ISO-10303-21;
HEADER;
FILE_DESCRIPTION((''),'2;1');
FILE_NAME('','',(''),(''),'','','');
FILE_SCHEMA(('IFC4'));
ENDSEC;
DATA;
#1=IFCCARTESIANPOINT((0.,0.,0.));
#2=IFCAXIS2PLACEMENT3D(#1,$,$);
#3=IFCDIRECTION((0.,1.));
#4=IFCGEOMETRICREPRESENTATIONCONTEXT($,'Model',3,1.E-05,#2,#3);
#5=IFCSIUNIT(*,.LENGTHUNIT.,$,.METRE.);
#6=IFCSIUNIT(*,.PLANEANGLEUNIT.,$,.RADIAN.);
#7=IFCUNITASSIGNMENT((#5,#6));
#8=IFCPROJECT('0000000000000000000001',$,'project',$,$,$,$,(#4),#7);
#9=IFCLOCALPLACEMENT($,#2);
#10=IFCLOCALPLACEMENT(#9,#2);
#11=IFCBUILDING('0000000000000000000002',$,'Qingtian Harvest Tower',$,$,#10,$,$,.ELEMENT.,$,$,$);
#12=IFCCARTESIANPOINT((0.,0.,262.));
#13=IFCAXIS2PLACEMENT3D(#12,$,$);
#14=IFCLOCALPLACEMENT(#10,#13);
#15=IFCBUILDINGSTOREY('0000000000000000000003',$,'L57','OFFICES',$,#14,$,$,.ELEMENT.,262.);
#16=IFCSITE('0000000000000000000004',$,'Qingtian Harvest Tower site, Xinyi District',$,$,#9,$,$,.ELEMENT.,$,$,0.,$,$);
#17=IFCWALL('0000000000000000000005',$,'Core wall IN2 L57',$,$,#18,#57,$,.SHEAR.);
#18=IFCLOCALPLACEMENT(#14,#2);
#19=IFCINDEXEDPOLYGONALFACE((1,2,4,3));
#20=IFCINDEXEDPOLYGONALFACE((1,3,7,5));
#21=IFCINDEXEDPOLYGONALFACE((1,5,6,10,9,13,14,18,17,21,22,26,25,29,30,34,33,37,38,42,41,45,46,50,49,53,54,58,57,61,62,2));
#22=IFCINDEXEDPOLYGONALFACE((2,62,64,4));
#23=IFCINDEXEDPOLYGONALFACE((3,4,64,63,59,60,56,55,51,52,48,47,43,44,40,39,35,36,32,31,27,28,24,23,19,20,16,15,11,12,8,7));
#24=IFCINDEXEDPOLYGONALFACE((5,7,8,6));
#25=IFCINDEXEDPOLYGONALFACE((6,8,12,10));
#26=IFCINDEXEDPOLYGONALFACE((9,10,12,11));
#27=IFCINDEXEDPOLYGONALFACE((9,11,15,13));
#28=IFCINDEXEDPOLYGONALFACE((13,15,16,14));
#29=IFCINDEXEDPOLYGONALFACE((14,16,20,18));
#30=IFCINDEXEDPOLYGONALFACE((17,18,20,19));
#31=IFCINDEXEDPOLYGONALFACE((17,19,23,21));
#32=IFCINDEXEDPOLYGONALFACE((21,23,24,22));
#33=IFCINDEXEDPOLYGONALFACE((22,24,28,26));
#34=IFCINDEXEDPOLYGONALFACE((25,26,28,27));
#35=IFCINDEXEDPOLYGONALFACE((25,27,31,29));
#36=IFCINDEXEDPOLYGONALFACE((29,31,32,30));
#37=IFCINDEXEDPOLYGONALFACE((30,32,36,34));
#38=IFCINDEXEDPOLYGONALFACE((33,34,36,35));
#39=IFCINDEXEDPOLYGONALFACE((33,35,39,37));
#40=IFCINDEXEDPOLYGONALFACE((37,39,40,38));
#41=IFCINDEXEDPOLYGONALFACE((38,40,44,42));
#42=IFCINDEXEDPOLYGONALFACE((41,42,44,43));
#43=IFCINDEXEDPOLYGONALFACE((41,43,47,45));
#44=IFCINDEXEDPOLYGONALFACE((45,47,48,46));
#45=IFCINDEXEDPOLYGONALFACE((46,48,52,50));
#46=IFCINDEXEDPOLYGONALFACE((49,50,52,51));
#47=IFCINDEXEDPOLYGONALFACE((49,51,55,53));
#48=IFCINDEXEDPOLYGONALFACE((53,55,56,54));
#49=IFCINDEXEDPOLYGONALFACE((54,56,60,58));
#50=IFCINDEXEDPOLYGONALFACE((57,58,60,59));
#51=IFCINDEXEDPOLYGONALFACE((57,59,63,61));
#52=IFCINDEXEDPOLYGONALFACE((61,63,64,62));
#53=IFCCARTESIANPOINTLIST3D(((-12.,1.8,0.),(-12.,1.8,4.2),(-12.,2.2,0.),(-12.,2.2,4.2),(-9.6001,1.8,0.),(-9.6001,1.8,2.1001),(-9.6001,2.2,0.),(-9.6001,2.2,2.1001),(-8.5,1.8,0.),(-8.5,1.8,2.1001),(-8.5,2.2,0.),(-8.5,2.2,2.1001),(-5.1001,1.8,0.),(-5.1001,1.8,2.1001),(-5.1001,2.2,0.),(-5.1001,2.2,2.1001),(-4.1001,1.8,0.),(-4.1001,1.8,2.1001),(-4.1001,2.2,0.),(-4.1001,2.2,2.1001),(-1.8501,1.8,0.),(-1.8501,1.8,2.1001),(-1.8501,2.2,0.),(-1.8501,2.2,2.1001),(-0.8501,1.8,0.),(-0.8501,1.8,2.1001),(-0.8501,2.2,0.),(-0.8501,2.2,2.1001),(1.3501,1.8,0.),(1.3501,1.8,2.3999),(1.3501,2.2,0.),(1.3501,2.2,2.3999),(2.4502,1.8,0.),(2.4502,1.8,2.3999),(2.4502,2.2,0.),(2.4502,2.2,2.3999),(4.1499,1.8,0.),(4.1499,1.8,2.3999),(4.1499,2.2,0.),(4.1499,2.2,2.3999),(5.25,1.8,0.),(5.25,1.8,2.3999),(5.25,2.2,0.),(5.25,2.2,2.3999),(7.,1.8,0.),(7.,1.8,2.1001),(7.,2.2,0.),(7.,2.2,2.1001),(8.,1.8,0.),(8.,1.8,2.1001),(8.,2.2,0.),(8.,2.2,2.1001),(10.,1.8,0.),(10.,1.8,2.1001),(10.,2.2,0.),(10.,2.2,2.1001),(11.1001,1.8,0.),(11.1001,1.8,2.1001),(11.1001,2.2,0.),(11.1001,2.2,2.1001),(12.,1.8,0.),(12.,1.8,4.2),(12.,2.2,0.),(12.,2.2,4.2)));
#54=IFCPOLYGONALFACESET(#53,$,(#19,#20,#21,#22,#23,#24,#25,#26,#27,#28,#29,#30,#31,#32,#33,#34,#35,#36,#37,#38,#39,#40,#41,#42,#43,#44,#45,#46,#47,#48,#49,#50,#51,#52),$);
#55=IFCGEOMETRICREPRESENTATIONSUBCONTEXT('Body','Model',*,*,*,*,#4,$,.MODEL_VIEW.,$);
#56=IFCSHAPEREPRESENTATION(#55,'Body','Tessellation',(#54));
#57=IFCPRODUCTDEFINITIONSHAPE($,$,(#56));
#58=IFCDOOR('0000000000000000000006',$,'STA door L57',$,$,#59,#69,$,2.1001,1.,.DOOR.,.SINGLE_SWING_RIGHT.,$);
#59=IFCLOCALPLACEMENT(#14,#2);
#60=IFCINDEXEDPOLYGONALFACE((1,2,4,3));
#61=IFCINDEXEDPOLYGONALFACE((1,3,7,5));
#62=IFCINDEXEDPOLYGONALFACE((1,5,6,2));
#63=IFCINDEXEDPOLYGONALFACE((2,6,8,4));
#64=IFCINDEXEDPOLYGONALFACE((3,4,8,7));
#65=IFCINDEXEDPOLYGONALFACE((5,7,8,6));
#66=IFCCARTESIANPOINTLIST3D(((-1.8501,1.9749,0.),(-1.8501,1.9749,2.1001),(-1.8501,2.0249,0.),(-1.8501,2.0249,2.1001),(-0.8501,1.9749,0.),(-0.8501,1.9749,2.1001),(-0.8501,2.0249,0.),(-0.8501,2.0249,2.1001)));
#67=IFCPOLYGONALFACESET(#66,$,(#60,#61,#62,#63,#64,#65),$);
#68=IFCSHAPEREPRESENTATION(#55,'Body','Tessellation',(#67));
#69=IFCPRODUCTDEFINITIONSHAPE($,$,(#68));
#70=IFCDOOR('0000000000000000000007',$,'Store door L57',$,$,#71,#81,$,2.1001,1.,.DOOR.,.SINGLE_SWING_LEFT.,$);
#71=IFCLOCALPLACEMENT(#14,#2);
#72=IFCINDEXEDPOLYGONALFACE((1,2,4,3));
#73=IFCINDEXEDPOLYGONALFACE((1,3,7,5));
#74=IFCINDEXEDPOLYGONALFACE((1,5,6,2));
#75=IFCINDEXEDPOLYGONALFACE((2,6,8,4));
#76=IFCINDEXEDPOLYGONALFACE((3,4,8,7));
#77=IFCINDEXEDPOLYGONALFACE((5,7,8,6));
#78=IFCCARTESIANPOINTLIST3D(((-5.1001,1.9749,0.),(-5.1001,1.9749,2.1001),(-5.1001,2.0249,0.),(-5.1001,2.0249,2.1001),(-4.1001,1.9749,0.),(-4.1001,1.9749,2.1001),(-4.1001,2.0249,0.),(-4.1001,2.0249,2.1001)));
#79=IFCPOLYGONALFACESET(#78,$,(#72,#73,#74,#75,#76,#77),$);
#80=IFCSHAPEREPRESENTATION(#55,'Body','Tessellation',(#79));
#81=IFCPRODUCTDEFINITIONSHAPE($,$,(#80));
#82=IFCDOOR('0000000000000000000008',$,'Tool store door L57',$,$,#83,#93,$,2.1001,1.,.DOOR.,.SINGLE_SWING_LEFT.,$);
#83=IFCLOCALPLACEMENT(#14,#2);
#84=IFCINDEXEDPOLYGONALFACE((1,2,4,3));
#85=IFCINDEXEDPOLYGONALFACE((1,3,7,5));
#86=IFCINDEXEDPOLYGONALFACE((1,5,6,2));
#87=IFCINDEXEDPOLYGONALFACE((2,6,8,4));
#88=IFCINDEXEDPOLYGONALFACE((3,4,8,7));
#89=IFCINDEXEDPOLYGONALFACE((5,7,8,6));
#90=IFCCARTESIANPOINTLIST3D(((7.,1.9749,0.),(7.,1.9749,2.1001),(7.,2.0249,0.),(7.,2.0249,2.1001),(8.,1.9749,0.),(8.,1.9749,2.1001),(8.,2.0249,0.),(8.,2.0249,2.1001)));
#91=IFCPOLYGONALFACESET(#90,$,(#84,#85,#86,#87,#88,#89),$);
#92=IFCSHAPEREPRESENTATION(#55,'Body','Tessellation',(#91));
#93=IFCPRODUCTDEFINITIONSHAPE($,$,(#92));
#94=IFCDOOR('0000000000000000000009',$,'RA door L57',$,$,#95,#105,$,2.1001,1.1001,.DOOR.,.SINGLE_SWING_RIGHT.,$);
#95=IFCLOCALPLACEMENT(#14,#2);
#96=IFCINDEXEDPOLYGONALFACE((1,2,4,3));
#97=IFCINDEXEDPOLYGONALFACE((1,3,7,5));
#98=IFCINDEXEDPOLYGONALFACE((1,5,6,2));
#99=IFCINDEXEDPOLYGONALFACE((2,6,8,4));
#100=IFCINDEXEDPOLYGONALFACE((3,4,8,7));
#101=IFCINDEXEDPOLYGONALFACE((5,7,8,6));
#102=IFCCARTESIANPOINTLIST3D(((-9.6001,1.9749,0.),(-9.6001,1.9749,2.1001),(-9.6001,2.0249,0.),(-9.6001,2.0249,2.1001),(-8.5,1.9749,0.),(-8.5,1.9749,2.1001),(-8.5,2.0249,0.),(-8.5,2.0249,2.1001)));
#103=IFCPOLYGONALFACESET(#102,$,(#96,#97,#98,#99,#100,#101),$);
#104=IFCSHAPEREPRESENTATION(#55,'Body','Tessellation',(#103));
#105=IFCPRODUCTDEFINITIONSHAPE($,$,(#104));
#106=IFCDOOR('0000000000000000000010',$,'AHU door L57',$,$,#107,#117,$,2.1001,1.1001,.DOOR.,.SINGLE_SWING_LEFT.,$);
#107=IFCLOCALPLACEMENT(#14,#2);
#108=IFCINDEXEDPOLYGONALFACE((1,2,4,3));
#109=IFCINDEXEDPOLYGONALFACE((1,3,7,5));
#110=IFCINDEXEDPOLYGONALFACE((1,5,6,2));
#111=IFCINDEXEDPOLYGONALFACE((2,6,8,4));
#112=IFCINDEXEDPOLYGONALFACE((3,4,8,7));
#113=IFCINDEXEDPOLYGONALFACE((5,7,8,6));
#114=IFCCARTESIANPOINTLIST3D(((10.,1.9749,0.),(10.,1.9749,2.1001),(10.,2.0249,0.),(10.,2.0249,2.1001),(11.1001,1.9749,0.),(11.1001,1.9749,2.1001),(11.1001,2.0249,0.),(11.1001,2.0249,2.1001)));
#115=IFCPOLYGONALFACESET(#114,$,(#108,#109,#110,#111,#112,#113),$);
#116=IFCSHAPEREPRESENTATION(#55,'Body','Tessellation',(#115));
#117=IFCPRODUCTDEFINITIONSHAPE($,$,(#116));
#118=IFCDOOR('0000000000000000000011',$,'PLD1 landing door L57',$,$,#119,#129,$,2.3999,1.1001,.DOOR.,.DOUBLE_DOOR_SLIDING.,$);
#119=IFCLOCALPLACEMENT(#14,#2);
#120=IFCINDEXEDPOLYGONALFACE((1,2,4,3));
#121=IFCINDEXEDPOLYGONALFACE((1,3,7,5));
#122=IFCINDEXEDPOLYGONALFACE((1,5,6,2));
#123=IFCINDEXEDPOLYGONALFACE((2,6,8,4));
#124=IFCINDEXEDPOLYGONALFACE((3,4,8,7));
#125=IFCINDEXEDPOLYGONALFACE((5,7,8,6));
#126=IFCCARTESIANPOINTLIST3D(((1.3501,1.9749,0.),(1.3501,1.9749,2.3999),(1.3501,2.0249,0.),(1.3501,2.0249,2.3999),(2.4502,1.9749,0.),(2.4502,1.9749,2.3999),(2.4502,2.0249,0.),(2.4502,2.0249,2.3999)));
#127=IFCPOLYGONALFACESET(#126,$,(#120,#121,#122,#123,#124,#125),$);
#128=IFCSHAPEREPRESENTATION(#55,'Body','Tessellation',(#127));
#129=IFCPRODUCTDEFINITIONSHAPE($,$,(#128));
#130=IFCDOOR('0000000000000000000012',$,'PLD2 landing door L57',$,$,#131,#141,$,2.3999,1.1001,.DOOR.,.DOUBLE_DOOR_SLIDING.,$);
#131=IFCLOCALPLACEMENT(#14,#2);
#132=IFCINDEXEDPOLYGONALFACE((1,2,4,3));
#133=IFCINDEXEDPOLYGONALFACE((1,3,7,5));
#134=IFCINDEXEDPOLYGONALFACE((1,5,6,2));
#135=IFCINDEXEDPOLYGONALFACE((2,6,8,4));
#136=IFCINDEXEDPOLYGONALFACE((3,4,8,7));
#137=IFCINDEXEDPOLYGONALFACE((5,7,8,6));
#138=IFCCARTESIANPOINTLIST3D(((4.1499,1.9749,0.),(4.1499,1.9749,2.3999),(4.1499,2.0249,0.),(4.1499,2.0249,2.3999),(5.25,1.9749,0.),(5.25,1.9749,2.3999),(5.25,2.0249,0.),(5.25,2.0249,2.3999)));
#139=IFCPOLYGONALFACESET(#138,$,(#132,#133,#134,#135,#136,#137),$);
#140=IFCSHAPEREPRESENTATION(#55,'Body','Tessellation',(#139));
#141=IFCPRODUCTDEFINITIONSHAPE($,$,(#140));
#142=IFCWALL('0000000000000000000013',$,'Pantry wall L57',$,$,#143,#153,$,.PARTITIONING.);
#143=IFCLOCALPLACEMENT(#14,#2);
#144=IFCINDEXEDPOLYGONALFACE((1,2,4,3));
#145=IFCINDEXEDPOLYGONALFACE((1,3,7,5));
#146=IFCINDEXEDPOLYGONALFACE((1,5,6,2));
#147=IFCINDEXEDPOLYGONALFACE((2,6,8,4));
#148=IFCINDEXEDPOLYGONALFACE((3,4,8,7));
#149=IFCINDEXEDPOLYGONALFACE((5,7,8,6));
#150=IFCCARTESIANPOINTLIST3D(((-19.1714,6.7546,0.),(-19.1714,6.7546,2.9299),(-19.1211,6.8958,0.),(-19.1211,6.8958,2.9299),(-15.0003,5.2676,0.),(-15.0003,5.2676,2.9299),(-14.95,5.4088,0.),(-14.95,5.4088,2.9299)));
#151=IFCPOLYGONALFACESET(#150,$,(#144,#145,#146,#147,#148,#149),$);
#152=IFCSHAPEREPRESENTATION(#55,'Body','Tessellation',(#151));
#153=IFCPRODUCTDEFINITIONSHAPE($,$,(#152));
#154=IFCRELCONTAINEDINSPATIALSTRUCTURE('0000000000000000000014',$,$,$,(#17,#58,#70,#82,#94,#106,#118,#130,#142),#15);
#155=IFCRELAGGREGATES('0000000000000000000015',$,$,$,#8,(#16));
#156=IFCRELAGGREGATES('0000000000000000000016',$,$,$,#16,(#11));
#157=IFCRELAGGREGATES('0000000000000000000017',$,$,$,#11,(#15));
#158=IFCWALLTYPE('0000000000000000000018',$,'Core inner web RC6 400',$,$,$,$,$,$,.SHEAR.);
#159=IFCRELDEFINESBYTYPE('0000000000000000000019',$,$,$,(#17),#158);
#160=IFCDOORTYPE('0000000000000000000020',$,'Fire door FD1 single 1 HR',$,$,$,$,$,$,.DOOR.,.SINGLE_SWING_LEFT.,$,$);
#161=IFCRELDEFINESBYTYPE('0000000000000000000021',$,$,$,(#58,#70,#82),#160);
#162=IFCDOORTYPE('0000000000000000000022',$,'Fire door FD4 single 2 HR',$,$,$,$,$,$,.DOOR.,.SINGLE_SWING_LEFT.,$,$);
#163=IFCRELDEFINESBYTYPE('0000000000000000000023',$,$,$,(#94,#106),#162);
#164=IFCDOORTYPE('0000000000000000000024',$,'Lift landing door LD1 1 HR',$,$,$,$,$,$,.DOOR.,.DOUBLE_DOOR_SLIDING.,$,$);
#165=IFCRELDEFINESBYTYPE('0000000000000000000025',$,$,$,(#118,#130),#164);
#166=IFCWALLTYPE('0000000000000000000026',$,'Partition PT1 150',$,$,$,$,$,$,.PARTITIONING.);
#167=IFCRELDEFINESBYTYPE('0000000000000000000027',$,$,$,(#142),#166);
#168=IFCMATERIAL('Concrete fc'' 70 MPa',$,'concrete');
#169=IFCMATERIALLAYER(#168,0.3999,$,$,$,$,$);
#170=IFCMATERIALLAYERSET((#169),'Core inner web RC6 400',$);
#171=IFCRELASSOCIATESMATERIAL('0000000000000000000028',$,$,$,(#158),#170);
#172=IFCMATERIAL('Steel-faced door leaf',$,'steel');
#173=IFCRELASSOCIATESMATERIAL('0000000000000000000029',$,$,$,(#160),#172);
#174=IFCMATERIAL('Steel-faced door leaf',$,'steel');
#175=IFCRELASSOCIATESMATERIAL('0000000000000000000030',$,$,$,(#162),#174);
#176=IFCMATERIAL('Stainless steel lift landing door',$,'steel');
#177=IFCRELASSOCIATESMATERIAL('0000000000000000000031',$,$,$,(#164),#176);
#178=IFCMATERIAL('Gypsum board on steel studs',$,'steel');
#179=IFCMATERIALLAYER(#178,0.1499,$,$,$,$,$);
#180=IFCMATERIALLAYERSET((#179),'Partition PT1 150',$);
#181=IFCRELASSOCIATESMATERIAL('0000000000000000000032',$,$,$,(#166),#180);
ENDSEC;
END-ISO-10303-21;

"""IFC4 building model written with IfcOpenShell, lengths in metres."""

from ifc_helpers import new_model, si_unit, direction, frame, frame_2d, origin, place, context, subcontext, project, spatial, rectangle, extrude, material, layer, layer_set, type_object, element, fill, save


model = new_model("IFC4")

# Units and contexts
model_context = context("Model", 3, precision=1e-05, world=origin(), true_north=direction((0.0, 1.0)))
body_context = subcontext(model_context, "Body", "Model", "MODEL_VIEW")
ifc_project = project(units=[si_unit("LENGTHUNIT", "METRE"), si_unit("PLANEANGLEUNIT", "RADIAN")], contexts=[model_context])

# Site, building, storey
site_placement = place(None, origin())
site = spatial("IfcSite", under=ifc_project, at=site_placement, Name="Qingtian Harvest Tower site, Xinyi District", CompositionType="ELEMENT", RefElevation=0.0)
building_placement = place(site_placement, origin())
building = spatial("IfcBuilding", under=site, at=building_placement, Name="Qingtian Harvest Tower", CompositionType="ELEMENT")
storey_placement = place(building_placement, frame((0.0, 0.0, 262.0)))
storey = spatial("IfcBuildingStorey", under=building, at=storey_placement, Name="L57", Description="OFFICES", CompositionType="ELEMENT", Elevation=262.0)

# Wall, openings, doors
ifc_material_1 = material(Name="Concrete fc' 70 MPa", Category="concrete")
ifc_layer_1 = layer(ifc_material_1, 0.3999)
ifc_layer_set_1 = layer_set([ifc_layer_1], Name="Core inner web RC6 400")
wall_type_1 = type_object("IfcWallType", Name="Core inner web RC6 400", PredefinedType="SHEAR", material=ifc_layer_set_1)
wall_1_placement = place(storey_placement, frame((-12.0, 2.0, 0.0), z_axis=(0.0, 0.0, 1.0), x_axis=(1.0, 0.0, 0.0)))
wall_1 = element("IfcWall", 1, at=wall_1_placement, inside=storey, type_object=wall_type_1, Name="Core wall IN2 L57", PredefinedType="SHEAR", context=body_context, shape_type="SweptSolid", body=[
    extrude(rectangle(XDim=24.0, YDim=0.3999, at=frame_2d((12.0, 0.0))), origin(), (0.0, 0.0, 1.0), 4.2),
])
opening_1_placement = place(wall_1_placement, frame((2.3999, 0.0, 0.0)))
opening_1 = element("IfcOpeningElement", 2, at=opening_1_placement, cuts=wall_1, PredefinedType="OPENING", context=body_context, shape_type="SweptSolid", body=[
    extrude(rectangle(XDim=1.1001, YDim=2.1001, at=frame_2d((0.55, 1.05))), frame((0.0, 0.21, 0.0), z_axis=(0.0, -1.0, 0.0), x_axis=(1.0, 0.0, 0.0)), (0.0, 0.0, 1.0), 0.4199),
])
opening_2_placement = place(wall_1_placement, frame((22.0, 0.0, 0.0)))
opening_2 = element("IfcOpeningElement", 3, at=opening_2_placement, cuts=wall_1, PredefinedType="OPENING", context=body_context, shape_type="SweptSolid", body=[
    extrude(rectangle(XDim=1.1001, YDim=2.1001, at=frame_2d((0.55, 1.05))), frame((0.0, 0.21, 0.0), z_axis=(0.0, -1.0, 0.0), x_axis=(1.0, 0.0, 0.0)), (0.0, 0.0, 1.0), 0.4199),
])
opening_3_placement = place(wall_1_placement, frame((10.1499, 0.0, 0.0)))
opening_3 = element("IfcOpeningElement", 4, at=opening_3_placement, cuts=wall_1, PredefinedType="OPENING", context=body_context, shape_type="SweptSolid", body=[
    extrude(rectangle(XDim=1.0, YDim=2.1001, at=frame_2d((0.5, 1.05))), frame((0.0, 0.21, 0.0), z_axis=(0.0, -1.0, 0.0), x_axis=(1.0, 0.0, 0.0)), (0.0, 0.0, 1.0), 0.4199),
])
opening_4_placement = place(wall_1_placement, frame((6.8999, 0.0, 0.0)))
opening_4 = element("IfcOpeningElement", 5, at=opening_4_placement, cuts=wall_1, PredefinedType="OPENING", context=body_context, shape_type="SweptSolid", body=[
    extrude(rectangle(XDim=1.0, YDim=2.1001, at=frame_2d((0.5, 1.05))), frame((0.0, 0.21, 0.0), z_axis=(0.0, -1.0, 0.0), x_axis=(1.0, 0.0, 0.0)), (0.0, 0.0, 1.0), 0.4199),
])
opening_5_placement = place(wall_1_placement, frame((13.3501, 0.0, 0.0)))
opening_5 = element("IfcOpeningElement", 6, at=opening_5_placement, cuts=wall_1, PredefinedType="OPENING", context=body_context, shape_type="SweptSolid", body=[
    extrude(rectangle(XDim=1.1001, YDim=2.3999, at=frame_2d((0.55, 1.2))), frame((0.0, 0.21, 0.0), z_axis=(0.0, -1.0, 0.0), x_axis=(1.0, 0.0, 0.0)), (0.0, 0.0, 1.0), 0.4199),
])
opening_6_placement = place(wall_1_placement, frame((16.1499, 0.0, 0.0)))
opening_6 = element("IfcOpeningElement", 7, at=opening_6_placement, cuts=wall_1, PredefinedType="OPENING", context=body_context, shape_type="SweptSolid", body=[
    extrude(rectangle(XDim=1.1001, YDim=2.3999, at=frame_2d((0.55, 1.2))), frame((0.0, 0.21, 0.0), z_axis=(0.0, -1.0, 0.0), x_axis=(1.0, 0.0, 0.0)), (0.0, 0.0, 1.0), 0.4199),
])
opening_7_placement = place(wall_1_placement, frame((19.0, 0.0, 0.0)))
opening_7 = element("IfcOpeningElement", 8, at=opening_7_placement, cuts=wall_1, PredefinedType="OPENING", context=body_context, shape_type="SweptSolid", body=[
    extrude(rectangle(XDim=1.0, YDim=2.1001, at=frame_2d((0.5, 1.05))), frame((0.0, 0.21, 0.0), z_axis=(0.0, -1.0, 0.0), x_axis=(1.0, 0.0, 0.0)), (0.0, 0.0, 1.0), 0.4199),
])
ifc_material_2 = material(Name="Steel-faced door leaf", Category="steel")
door_type_1 = type_object("IfcDoorType", Name="Fire door FD1 single 1 HR", OperationType="SINGLE_SWING_LEFT", PredefinedType="DOOR", material=ifc_material_2)
door_1_placement = place(opening_3_placement, origin())
door_1 = element("IfcDoor", 9, at=door_1_placement, inside=storey, type_object=door_type_1, Name="STA door L57", OperationType="SINGLE_SWING_RIGHT", OverallHeight=2.1001, OverallWidth=1.0, PredefinedType="DOOR", context=body_context, shape_type="SweptSolid", body=[
    extrude(rectangle(XDim=1.0, YDim=2.1001, at=frame_2d((0.5, 1.05))), frame((0.0, 0.0249, 0.0), z_axis=(0.0, -1.0, 0.0), x_axis=(1.0, 0.0, 0.0)), (0.0, 0.0, 1.0), 0.05),
])
fill(opening_3, door_1)
door_2_placement = place(opening_4_placement, origin())
door_2 = element("IfcDoor", 10, at=door_2_placement, inside=storey, type_object=door_type_1, Name="Store door L57", OperationType="SINGLE_SWING_LEFT", OverallHeight=2.1001, OverallWidth=1.0, PredefinedType="DOOR", context=body_context, shape_type="SweptSolid", body=[
    extrude(rectangle(XDim=1.0, YDim=2.1001, at=frame_2d((0.5, 1.05))), frame((0.0, 0.0249, 0.0), z_axis=(0.0, -1.0, 0.0), x_axis=(1.0, 0.0, 0.0)), (0.0, 0.0, 1.0), 0.05),
])
fill(opening_4, door_2)
door_3_placement = place(opening_7_placement, origin())
door_3 = element("IfcDoor", 11, at=door_3_placement, inside=storey, type_object=door_type_1, Name="Tool store door L57", OperationType="SINGLE_SWING_LEFT", OverallHeight=2.1001, OverallWidth=1.0, PredefinedType="DOOR", context=body_context, shape_type="SweptSolid", body=[
    extrude(rectangle(XDim=1.0, YDim=2.1001, at=frame_2d((0.5, 1.05))), frame((0.0, 0.0249, 0.0), z_axis=(0.0, -1.0, 0.0), x_axis=(1.0, 0.0, 0.0)), (0.0, 0.0, 1.0), 0.05),
])
fill(opening_7, door_3)
ifc_material_3 = material(Name="Steel-faced door leaf", Category="steel")
door_type_2 = type_object("IfcDoorType", Name="Fire door FD4 single 2 HR", OperationType="SINGLE_SWING_LEFT", PredefinedType="DOOR", material=ifc_material_3)
door_4_placement = place(opening_1_placement, origin())
door_4 = element("IfcDoor", 12, at=door_4_placement, inside=storey, type_object=door_type_2, Name="RA door L57", OperationType="SINGLE_SWING_RIGHT", OverallHeight=2.1001, OverallWidth=1.1001, PredefinedType="DOOR", context=body_context, shape_type="SweptSolid", body=[
    extrude(rectangle(XDim=1.1001, YDim=2.1001, at=frame_2d((0.55, 1.05))), frame((0.0, 0.0249, 0.0), z_axis=(0.0, -1.0, 0.0), x_axis=(1.0, 0.0, 0.0)), (0.0, 0.0, 1.0), 0.05),
])
fill(opening_1, door_4)
door_5_placement = place(opening_2_placement, origin())
door_5 = element("IfcDoor", 13, at=door_5_placement, inside=storey, type_object=door_type_2, Name="AHU door L57", OperationType="SINGLE_SWING_LEFT", OverallHeight=2.1001, OverallWidth=1.1001, PredefinedType="DOOR", context=body_context, shape_type="SweptSolid", body=[
    extrude(rectangle(XDim=1.1001, YDim=2.1001, at=frame_2d((0.55, 1.05))), frame((0.0, 0.0249, 0.0), z_axis=(0.0, -1.0, 0.0), x_axis=(1.0, 0.0, 0.0)), (0.0, 0.0, 1.0), 0.05),
])
fill(opening_2, door_5)
ifc_material_4 = material(Name="Stainless steel lift landing door", Category="steel")
door_type_3 = type_object("IfcDoorType", Name="Lift landing door LD1 1 HR", OperationType="DOUBLE_DOOR_SLIDING", PredefinedType="DOOR", material=ifc_material_4)
door_6_placement = place(opening_5_placement, origin())
door_6 = element("IfcDoor", 14, at=door_6_placement, inside=storey, type_object=door_type_3, Name="PLD1 landing door L57", OperationType="DOUBLE_DOOR_SLIDING", OverallHeight=2.3999, OverallWidth=1.1001, PredefinedType="DOOR", context=body_context, shape_type="SweptSolid", body=[
    extrude(rectangle(XDim=1.1001, YDim=2.3999, at=frame_2d((0.55, 1.2))), frame((0.0, 0.0249, 0.0), z_axis=(0.0, -1.0, 0.0), x_axis=(1.0, 0.0, 0.0)), (0.0, 0.0, 1.0), 0.05),
])
fill(opening_5, door_6)
door_7_placement = place(opening_6_placement, origin())
door_7 = element("IfcDoor", 15, at=door_7_placement, inside=storey, type_object=door_type_3, Name="PLD2 landing door L57", OperationType="DOUBLE_DOOR_SLIDING", OverallHeight=2.3999, OverallWidth=1.1001, PredefinedType="DOOR", context=body_context, shape_type="SweptSolid", body=[
    extrude(rectangle(XDim=1.1001, YDim=2.3999, at=frame_2d((0.55, 1.2))), frame((0.0, 0.0249, 0.0), z_axis=(0.0, -1.0, 0.0), x_axis=(1.0, 0.0, 0.0)), (0.0, 0.0, 1.0), 0.05),
])
fill(opening_6, door_7)

# Wall
ifc_material_5 = material(Name="Gypsum board on steel studs", Category="steel")
ifc_layer_2 = layer(ifc_material_5, 0.1499)
ifc_layer_set_2 = layer_set([ifc_layer_2], Name="Partition PT1 150")
wall_type_2 = type_object("IfcWallType", Name="Partition PT1 150", PredefinedType="PARTITIONING", material=ifc_layer_set_2)
wall_2_placement = place(storey_placement, frame((-19.1462, 6.8252, 0.0), z_axis=(0.0, 0.0, 1.0), x_axis=(0.94193, -0.335809, 0.0)))
element("IfcWall", 16, at=wall_2_placement, inside=storey, type_object=wall_type_2, Name="Pantry wall L57", PredefinedType="PARTITIONING", context=body_context, shape_type="SweptSolid", body=[
    extrude(rectangle(XDim=4.4282, YDim=0.1499, at=frame_2d((2.2141, 0.0))), origin(), (0.0, 0.0, 1.0), 2.9299),
])

save(model, "model.ifc")
